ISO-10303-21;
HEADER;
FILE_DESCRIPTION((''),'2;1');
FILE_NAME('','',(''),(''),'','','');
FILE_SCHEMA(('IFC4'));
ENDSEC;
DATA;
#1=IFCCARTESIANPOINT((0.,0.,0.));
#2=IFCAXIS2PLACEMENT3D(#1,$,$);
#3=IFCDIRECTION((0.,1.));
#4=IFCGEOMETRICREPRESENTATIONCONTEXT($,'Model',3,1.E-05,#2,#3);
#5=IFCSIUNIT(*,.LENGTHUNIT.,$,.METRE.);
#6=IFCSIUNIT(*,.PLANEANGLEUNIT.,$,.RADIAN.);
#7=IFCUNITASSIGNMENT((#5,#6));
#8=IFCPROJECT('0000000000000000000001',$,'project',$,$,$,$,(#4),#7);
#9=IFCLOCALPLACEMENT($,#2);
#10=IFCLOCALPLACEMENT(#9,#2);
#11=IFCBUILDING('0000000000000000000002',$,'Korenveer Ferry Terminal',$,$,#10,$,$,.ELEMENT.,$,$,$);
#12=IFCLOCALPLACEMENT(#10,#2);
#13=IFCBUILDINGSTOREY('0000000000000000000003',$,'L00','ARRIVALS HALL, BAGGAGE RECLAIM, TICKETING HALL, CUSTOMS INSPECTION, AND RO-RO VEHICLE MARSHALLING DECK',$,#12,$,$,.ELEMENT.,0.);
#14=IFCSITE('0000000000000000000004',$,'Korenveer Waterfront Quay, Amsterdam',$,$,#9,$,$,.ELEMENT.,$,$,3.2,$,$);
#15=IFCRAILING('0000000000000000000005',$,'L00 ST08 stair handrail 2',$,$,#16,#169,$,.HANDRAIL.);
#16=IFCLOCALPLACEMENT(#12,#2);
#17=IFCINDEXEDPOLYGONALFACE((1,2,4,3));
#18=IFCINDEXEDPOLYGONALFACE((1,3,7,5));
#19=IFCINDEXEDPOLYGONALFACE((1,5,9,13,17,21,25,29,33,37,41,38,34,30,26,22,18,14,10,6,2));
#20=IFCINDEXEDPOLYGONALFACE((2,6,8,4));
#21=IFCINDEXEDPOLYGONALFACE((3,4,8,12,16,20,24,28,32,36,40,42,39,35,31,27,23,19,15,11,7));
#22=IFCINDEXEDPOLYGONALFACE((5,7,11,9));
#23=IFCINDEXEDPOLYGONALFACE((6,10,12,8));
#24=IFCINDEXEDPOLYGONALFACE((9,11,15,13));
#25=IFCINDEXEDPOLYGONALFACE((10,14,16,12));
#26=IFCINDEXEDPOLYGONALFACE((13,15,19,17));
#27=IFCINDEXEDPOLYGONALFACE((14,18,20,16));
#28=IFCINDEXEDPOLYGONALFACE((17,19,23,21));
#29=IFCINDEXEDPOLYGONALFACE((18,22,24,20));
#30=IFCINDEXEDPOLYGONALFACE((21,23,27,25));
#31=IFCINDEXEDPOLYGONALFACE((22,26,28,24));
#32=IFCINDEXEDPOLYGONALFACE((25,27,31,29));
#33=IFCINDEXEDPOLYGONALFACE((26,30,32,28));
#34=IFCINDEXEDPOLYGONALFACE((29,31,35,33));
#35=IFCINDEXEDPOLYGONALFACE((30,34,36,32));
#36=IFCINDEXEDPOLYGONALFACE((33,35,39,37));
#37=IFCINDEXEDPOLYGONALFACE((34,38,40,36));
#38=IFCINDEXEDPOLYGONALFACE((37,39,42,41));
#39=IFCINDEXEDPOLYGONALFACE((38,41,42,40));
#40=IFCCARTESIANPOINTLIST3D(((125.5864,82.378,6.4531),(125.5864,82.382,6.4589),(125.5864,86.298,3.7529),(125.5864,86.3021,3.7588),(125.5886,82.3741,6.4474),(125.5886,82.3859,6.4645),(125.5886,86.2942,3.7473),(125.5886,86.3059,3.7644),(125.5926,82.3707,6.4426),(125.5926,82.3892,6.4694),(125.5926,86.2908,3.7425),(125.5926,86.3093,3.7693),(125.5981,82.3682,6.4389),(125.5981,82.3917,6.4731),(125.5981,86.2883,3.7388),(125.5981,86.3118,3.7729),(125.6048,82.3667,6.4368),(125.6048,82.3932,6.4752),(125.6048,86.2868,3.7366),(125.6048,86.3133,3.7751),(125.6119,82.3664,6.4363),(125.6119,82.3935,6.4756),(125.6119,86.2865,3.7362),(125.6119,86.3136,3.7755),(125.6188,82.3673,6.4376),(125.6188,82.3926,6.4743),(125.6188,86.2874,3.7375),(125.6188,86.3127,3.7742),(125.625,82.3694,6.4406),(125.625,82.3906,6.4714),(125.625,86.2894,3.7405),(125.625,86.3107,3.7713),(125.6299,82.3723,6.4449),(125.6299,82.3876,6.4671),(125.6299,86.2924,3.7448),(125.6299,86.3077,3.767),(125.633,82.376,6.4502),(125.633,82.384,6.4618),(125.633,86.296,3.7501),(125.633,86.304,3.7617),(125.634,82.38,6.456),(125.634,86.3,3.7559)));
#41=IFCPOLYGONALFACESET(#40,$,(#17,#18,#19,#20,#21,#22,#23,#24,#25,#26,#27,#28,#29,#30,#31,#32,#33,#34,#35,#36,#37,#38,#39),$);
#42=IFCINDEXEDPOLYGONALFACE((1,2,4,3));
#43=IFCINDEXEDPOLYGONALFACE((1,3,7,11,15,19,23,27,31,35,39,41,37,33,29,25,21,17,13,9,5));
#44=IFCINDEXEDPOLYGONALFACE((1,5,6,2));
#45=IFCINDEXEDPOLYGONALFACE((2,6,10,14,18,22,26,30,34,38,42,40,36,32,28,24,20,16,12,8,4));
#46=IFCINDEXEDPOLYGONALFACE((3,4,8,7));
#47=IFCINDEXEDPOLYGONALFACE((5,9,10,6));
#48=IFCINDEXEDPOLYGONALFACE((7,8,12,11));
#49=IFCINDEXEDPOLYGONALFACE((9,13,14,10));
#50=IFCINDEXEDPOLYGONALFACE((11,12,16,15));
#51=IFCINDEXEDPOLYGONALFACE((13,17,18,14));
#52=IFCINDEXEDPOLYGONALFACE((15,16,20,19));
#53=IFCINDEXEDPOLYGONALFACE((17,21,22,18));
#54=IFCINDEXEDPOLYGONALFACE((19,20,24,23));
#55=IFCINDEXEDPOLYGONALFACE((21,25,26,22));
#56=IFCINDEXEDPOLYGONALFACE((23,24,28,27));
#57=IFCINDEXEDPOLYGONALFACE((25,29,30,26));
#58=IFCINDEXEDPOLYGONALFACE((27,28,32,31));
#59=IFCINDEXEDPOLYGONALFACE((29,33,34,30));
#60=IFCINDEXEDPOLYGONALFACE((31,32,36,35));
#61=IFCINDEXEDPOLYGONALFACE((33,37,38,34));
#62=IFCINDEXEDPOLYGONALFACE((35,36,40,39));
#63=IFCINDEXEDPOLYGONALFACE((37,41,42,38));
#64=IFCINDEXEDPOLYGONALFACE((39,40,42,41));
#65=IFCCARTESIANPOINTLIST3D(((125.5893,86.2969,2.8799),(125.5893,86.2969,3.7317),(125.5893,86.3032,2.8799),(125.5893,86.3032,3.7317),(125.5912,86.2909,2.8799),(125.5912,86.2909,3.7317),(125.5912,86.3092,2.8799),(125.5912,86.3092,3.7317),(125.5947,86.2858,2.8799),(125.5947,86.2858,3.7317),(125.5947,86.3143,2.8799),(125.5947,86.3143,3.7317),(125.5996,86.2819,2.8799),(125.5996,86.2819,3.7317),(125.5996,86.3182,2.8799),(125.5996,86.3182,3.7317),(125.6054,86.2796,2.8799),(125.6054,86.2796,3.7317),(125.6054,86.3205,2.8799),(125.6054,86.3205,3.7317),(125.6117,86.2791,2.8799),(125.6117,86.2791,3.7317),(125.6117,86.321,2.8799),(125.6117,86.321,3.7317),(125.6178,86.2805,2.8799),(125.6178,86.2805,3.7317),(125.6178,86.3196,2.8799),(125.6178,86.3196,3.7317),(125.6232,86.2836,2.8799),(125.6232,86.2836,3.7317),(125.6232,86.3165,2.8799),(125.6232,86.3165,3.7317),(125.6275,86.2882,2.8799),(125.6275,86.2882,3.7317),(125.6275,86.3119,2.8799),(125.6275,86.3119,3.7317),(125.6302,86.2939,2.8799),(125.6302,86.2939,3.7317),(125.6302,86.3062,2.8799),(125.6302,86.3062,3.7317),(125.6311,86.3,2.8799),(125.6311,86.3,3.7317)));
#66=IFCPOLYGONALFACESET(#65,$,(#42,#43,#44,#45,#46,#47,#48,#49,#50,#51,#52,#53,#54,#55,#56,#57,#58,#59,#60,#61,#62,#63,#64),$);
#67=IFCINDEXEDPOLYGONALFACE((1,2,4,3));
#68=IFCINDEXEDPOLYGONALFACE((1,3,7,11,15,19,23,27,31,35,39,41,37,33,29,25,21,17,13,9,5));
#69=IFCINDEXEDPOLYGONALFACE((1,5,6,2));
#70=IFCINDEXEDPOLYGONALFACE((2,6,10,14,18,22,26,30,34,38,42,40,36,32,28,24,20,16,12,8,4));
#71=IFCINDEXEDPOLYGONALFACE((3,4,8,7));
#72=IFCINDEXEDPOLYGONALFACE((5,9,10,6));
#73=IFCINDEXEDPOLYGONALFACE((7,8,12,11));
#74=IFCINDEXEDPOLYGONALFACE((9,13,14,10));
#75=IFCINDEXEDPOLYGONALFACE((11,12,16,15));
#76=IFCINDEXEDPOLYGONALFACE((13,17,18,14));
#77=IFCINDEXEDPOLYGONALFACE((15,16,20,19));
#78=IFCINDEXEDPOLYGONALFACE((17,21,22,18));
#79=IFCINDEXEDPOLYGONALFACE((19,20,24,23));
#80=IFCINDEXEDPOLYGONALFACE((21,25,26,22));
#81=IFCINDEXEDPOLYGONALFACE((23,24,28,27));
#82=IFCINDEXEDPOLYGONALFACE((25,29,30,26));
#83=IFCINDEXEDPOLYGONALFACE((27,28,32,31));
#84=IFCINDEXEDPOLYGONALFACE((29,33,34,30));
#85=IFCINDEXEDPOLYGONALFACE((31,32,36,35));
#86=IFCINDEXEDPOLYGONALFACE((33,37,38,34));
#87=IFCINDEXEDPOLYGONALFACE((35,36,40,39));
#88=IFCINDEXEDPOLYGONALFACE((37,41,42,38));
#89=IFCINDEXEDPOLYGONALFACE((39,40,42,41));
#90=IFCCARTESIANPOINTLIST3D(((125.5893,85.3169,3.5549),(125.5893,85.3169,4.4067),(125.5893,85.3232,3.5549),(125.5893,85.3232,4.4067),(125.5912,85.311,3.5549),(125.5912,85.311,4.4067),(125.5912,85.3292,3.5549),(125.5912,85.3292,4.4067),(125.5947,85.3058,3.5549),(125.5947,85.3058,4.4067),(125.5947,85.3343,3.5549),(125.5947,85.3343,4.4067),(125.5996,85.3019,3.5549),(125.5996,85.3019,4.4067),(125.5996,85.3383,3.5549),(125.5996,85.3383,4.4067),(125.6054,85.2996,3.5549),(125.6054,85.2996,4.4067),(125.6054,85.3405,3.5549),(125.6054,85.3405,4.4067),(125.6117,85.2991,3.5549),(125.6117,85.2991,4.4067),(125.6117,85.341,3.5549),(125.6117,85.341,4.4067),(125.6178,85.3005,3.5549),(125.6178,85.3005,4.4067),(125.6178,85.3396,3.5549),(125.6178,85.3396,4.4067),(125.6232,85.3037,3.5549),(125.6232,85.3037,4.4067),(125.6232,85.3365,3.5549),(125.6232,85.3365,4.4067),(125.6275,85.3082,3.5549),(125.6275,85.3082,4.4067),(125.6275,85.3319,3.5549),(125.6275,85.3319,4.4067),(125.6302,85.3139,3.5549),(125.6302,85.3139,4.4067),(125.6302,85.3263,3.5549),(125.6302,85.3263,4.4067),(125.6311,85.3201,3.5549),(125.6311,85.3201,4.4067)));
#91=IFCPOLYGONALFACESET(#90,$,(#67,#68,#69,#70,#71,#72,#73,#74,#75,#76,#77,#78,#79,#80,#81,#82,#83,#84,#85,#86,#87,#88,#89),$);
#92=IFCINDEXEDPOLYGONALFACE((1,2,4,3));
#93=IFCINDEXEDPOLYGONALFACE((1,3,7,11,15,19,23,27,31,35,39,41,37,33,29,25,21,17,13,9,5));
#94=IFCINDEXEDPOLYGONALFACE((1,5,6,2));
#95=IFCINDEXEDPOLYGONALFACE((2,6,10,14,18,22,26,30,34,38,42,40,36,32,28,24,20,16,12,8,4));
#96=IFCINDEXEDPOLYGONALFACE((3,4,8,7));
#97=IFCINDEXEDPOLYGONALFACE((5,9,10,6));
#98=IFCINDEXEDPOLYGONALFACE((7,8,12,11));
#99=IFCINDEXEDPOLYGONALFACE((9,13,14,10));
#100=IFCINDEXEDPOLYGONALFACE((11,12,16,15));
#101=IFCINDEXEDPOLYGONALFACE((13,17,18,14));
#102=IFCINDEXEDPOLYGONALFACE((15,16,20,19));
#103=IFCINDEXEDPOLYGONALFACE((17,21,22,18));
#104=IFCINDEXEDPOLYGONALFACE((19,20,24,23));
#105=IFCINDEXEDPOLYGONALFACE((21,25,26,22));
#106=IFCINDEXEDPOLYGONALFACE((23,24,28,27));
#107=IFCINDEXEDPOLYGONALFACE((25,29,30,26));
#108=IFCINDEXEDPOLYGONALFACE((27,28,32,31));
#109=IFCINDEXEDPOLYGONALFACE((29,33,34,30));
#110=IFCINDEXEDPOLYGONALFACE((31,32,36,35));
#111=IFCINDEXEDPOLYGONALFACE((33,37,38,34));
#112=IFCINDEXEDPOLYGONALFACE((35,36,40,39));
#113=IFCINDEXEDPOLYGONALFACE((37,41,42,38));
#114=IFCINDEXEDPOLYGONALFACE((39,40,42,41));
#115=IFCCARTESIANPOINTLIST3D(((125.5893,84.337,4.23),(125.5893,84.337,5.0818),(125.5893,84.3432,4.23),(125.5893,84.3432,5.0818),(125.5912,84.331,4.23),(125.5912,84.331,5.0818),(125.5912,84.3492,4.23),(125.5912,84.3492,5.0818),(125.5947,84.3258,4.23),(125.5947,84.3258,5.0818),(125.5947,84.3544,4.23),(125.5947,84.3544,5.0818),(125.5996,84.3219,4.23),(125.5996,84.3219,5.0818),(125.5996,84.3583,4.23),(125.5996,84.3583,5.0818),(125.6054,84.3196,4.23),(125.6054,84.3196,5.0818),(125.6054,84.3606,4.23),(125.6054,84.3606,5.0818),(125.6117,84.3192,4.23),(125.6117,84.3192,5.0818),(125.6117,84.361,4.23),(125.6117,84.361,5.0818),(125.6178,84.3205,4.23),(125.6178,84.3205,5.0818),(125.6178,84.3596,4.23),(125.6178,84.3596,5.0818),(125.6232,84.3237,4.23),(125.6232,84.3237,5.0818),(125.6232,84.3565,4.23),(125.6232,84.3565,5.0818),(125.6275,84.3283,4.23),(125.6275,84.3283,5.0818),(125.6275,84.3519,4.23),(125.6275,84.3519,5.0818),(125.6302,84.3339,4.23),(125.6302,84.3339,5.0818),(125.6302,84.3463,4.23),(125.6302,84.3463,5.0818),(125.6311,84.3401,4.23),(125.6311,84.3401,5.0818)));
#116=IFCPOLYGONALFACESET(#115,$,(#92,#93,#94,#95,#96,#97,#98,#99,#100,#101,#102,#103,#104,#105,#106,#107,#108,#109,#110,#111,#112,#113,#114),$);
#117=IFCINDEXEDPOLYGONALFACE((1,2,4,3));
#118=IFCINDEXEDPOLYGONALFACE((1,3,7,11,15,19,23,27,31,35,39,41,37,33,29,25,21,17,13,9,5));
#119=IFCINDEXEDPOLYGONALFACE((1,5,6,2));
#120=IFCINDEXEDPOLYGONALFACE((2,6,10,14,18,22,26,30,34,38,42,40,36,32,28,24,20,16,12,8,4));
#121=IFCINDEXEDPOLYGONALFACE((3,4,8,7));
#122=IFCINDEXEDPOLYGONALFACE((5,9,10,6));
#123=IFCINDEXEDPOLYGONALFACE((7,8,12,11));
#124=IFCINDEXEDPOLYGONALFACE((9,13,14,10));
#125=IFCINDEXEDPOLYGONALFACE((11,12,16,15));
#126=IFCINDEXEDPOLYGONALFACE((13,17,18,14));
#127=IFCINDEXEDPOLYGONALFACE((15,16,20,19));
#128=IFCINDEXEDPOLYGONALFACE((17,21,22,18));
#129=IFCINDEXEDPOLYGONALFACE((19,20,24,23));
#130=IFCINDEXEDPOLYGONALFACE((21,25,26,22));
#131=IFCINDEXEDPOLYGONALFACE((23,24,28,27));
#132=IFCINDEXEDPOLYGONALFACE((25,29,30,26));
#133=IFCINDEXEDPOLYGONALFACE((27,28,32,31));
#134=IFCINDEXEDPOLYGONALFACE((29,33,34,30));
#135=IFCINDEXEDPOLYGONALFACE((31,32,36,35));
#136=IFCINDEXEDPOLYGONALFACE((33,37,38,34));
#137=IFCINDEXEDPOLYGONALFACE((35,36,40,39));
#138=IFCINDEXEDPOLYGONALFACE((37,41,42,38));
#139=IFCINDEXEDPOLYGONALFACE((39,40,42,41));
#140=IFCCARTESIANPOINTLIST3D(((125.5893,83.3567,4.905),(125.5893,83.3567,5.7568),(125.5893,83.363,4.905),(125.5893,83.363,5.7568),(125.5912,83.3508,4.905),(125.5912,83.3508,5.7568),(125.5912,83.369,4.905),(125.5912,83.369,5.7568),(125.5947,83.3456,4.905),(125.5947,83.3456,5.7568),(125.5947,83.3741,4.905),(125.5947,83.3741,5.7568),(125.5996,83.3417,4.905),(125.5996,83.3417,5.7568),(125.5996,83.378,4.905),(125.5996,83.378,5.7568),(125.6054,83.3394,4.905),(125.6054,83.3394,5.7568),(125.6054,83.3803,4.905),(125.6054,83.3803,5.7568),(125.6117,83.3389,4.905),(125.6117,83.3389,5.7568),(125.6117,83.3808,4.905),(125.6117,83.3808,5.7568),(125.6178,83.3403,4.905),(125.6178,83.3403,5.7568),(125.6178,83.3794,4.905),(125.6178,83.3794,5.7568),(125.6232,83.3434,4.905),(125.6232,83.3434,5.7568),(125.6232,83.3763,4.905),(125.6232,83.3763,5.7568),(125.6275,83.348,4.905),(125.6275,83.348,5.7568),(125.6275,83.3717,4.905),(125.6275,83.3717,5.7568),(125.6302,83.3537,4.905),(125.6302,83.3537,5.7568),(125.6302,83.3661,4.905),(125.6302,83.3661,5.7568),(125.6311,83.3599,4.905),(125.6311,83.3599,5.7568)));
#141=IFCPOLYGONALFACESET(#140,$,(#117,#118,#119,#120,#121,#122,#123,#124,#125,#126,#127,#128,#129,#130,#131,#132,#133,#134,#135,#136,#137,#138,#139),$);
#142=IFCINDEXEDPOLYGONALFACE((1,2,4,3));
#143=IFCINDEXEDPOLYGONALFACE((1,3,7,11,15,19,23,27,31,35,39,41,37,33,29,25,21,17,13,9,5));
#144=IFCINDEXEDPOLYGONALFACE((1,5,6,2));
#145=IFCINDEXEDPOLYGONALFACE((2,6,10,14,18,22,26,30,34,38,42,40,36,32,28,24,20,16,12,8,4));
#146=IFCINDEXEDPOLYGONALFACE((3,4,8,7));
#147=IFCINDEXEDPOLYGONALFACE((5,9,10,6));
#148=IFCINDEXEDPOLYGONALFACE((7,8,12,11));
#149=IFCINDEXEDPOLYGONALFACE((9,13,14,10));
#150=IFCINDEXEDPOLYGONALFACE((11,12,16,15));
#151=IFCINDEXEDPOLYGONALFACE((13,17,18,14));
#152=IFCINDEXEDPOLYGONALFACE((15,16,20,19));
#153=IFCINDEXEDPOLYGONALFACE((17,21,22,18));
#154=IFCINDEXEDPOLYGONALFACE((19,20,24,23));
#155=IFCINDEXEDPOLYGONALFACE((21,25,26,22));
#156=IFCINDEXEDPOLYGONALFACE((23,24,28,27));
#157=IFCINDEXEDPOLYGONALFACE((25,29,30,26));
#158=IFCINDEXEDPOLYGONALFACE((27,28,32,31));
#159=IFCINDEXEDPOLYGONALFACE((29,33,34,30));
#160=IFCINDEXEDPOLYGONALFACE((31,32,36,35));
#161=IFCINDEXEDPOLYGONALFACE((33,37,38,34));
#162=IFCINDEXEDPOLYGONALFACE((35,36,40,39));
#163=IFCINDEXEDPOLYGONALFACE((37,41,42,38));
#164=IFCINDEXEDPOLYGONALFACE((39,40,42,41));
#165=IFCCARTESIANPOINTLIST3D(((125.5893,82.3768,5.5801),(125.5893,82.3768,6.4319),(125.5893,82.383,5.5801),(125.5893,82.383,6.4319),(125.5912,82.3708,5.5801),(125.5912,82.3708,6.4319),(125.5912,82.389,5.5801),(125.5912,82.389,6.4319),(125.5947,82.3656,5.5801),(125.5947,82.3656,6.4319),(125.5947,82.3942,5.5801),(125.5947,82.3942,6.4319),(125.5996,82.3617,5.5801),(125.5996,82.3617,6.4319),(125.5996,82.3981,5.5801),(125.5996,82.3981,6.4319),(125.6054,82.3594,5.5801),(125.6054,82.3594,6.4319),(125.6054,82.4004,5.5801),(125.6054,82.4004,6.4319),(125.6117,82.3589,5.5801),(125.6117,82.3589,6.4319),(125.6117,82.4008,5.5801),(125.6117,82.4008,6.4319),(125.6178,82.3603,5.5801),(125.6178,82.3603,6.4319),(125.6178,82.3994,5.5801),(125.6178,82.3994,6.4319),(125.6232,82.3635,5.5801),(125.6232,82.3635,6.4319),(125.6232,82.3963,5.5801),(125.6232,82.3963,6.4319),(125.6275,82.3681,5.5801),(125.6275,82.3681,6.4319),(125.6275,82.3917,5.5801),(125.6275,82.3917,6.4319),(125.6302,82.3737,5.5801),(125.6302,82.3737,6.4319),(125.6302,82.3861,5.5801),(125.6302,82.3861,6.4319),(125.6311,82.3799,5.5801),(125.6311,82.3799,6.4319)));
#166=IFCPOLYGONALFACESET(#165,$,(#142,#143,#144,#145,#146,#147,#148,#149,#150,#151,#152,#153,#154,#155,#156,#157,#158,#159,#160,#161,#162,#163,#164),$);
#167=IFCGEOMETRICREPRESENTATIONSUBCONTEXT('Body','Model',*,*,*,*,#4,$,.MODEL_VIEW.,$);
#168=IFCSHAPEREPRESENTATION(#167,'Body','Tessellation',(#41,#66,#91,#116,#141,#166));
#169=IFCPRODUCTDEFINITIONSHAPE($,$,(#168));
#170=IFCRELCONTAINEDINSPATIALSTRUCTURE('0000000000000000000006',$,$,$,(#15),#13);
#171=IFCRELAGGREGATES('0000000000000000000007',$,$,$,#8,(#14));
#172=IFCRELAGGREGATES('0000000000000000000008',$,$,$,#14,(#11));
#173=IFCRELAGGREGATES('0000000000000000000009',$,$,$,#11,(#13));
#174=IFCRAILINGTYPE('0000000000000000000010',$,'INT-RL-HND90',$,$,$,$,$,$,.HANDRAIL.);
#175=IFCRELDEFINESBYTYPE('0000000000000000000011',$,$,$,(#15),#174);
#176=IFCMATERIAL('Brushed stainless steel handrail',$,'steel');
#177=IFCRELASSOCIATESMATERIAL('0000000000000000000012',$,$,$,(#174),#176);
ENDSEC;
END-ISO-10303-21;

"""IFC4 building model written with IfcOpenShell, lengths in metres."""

from ifc_helpers import new_model, si_unit, direction, frame, origin, origin_2d, place, context, subcontext, project, spatial, circle, extrude, material, type_object, element, save


model = new_model("IFC4")

# Units and contexts
model_context = context("Model", 3, precision=1e-05, world=origin(), true_north=direction((0.0, 1.0)))
body_context = subcontext(model_context, "Body", "Model", "MODEL_VIEW")
ifc_project = project(units=[si_unit("LENGTHUNIT", "METRE"), si_unit("PLANEANGLEUNIT", "RADIAN")], contexts=[model_context])

# Site, building, storey
site_placement = place(None, origin())
site = spatial("IfcSite", under=ifc_project, at=site_placement, Name="Korenveer Waterfront Quay, Amsterdam", CompositionType="ELEMENT", RefElevation=3.2)
building_placement = place(site_placement, origin())
building = spatial("IfcBuilding", under=site, at=building_placement, Name="Korenveer Ferry Terminal", CompositionType="ELEMENT")
storey_placement = place(building_placement, origin())
storey = spatial("IfcBuildingStorey", under=building, at=storey_placement, Name="L00", Description="ARRIVALS HALL, BAGGAGE RECLAIM, TICKETING HALL, CUSTOMS INSPECTION, AND RO-RO VEHICLE MARSHALLING DECK", CompositionType="ELEMENT", Elevation=0.0)

# Railing
ifc_material_1 = material(Name="Brushed stainless steel handrail", Category="steel")
railing_type_1 = type_object("IfcRailingType", Name="INT-RL-HND90", PredefinedType="HANDRAIL", material=ifc_material_1)
railing_1_placement = place(storey_placement, frame((125.6101, 86.3, 2.8799)))
element("IfcRailing", 1, at=railing_1_placement, inside=storey, type_object=railing_type_1, Name="L00 ST08 stair handrail 2", PredefinedType="HANDRAIL", context=body_context, shape_type="SweptSolid", body=[
    extrude(circle(Radius=0.0239, at=origin_2d()), frame((0.0, 0.0, 0.876), z_axis=(0.0, -0.823543, 0.567253), x_axis=(1.0, 0.0, 0.0)), (0.0, 0.0, 1.0), 4.76),
    extrude(circle(Radius=0.021, at=origin_2d()), origin(), (0.0, 0.0, 1.0), 0.8518),
    extrude(circle(Radius=0.021, at=origin_2d()), frame((0.0, -0.98, 0.675)), (0.0, 0.0, 1.0), 0.8518),
    extrude(circle(Radius=0.021, at=origin_2d()), frame((0.0, -1.96, 1.3501)), (0.0, 0.0, 1.0), 0.8518),
    extrude(circle(Radius=0.021, at=origin_2d()), frame((0.0, -2.9402, 2.0251)), (0.0, 0.0, 1.0), 0.8518),
    extrude(circle(Radius=0.021, at=origin_2d()), frame((0.0, -3.9202, 2.7002)), (0.0, 0.0, 1.0), 0.8518),
])

save(model, "model.ifc")
